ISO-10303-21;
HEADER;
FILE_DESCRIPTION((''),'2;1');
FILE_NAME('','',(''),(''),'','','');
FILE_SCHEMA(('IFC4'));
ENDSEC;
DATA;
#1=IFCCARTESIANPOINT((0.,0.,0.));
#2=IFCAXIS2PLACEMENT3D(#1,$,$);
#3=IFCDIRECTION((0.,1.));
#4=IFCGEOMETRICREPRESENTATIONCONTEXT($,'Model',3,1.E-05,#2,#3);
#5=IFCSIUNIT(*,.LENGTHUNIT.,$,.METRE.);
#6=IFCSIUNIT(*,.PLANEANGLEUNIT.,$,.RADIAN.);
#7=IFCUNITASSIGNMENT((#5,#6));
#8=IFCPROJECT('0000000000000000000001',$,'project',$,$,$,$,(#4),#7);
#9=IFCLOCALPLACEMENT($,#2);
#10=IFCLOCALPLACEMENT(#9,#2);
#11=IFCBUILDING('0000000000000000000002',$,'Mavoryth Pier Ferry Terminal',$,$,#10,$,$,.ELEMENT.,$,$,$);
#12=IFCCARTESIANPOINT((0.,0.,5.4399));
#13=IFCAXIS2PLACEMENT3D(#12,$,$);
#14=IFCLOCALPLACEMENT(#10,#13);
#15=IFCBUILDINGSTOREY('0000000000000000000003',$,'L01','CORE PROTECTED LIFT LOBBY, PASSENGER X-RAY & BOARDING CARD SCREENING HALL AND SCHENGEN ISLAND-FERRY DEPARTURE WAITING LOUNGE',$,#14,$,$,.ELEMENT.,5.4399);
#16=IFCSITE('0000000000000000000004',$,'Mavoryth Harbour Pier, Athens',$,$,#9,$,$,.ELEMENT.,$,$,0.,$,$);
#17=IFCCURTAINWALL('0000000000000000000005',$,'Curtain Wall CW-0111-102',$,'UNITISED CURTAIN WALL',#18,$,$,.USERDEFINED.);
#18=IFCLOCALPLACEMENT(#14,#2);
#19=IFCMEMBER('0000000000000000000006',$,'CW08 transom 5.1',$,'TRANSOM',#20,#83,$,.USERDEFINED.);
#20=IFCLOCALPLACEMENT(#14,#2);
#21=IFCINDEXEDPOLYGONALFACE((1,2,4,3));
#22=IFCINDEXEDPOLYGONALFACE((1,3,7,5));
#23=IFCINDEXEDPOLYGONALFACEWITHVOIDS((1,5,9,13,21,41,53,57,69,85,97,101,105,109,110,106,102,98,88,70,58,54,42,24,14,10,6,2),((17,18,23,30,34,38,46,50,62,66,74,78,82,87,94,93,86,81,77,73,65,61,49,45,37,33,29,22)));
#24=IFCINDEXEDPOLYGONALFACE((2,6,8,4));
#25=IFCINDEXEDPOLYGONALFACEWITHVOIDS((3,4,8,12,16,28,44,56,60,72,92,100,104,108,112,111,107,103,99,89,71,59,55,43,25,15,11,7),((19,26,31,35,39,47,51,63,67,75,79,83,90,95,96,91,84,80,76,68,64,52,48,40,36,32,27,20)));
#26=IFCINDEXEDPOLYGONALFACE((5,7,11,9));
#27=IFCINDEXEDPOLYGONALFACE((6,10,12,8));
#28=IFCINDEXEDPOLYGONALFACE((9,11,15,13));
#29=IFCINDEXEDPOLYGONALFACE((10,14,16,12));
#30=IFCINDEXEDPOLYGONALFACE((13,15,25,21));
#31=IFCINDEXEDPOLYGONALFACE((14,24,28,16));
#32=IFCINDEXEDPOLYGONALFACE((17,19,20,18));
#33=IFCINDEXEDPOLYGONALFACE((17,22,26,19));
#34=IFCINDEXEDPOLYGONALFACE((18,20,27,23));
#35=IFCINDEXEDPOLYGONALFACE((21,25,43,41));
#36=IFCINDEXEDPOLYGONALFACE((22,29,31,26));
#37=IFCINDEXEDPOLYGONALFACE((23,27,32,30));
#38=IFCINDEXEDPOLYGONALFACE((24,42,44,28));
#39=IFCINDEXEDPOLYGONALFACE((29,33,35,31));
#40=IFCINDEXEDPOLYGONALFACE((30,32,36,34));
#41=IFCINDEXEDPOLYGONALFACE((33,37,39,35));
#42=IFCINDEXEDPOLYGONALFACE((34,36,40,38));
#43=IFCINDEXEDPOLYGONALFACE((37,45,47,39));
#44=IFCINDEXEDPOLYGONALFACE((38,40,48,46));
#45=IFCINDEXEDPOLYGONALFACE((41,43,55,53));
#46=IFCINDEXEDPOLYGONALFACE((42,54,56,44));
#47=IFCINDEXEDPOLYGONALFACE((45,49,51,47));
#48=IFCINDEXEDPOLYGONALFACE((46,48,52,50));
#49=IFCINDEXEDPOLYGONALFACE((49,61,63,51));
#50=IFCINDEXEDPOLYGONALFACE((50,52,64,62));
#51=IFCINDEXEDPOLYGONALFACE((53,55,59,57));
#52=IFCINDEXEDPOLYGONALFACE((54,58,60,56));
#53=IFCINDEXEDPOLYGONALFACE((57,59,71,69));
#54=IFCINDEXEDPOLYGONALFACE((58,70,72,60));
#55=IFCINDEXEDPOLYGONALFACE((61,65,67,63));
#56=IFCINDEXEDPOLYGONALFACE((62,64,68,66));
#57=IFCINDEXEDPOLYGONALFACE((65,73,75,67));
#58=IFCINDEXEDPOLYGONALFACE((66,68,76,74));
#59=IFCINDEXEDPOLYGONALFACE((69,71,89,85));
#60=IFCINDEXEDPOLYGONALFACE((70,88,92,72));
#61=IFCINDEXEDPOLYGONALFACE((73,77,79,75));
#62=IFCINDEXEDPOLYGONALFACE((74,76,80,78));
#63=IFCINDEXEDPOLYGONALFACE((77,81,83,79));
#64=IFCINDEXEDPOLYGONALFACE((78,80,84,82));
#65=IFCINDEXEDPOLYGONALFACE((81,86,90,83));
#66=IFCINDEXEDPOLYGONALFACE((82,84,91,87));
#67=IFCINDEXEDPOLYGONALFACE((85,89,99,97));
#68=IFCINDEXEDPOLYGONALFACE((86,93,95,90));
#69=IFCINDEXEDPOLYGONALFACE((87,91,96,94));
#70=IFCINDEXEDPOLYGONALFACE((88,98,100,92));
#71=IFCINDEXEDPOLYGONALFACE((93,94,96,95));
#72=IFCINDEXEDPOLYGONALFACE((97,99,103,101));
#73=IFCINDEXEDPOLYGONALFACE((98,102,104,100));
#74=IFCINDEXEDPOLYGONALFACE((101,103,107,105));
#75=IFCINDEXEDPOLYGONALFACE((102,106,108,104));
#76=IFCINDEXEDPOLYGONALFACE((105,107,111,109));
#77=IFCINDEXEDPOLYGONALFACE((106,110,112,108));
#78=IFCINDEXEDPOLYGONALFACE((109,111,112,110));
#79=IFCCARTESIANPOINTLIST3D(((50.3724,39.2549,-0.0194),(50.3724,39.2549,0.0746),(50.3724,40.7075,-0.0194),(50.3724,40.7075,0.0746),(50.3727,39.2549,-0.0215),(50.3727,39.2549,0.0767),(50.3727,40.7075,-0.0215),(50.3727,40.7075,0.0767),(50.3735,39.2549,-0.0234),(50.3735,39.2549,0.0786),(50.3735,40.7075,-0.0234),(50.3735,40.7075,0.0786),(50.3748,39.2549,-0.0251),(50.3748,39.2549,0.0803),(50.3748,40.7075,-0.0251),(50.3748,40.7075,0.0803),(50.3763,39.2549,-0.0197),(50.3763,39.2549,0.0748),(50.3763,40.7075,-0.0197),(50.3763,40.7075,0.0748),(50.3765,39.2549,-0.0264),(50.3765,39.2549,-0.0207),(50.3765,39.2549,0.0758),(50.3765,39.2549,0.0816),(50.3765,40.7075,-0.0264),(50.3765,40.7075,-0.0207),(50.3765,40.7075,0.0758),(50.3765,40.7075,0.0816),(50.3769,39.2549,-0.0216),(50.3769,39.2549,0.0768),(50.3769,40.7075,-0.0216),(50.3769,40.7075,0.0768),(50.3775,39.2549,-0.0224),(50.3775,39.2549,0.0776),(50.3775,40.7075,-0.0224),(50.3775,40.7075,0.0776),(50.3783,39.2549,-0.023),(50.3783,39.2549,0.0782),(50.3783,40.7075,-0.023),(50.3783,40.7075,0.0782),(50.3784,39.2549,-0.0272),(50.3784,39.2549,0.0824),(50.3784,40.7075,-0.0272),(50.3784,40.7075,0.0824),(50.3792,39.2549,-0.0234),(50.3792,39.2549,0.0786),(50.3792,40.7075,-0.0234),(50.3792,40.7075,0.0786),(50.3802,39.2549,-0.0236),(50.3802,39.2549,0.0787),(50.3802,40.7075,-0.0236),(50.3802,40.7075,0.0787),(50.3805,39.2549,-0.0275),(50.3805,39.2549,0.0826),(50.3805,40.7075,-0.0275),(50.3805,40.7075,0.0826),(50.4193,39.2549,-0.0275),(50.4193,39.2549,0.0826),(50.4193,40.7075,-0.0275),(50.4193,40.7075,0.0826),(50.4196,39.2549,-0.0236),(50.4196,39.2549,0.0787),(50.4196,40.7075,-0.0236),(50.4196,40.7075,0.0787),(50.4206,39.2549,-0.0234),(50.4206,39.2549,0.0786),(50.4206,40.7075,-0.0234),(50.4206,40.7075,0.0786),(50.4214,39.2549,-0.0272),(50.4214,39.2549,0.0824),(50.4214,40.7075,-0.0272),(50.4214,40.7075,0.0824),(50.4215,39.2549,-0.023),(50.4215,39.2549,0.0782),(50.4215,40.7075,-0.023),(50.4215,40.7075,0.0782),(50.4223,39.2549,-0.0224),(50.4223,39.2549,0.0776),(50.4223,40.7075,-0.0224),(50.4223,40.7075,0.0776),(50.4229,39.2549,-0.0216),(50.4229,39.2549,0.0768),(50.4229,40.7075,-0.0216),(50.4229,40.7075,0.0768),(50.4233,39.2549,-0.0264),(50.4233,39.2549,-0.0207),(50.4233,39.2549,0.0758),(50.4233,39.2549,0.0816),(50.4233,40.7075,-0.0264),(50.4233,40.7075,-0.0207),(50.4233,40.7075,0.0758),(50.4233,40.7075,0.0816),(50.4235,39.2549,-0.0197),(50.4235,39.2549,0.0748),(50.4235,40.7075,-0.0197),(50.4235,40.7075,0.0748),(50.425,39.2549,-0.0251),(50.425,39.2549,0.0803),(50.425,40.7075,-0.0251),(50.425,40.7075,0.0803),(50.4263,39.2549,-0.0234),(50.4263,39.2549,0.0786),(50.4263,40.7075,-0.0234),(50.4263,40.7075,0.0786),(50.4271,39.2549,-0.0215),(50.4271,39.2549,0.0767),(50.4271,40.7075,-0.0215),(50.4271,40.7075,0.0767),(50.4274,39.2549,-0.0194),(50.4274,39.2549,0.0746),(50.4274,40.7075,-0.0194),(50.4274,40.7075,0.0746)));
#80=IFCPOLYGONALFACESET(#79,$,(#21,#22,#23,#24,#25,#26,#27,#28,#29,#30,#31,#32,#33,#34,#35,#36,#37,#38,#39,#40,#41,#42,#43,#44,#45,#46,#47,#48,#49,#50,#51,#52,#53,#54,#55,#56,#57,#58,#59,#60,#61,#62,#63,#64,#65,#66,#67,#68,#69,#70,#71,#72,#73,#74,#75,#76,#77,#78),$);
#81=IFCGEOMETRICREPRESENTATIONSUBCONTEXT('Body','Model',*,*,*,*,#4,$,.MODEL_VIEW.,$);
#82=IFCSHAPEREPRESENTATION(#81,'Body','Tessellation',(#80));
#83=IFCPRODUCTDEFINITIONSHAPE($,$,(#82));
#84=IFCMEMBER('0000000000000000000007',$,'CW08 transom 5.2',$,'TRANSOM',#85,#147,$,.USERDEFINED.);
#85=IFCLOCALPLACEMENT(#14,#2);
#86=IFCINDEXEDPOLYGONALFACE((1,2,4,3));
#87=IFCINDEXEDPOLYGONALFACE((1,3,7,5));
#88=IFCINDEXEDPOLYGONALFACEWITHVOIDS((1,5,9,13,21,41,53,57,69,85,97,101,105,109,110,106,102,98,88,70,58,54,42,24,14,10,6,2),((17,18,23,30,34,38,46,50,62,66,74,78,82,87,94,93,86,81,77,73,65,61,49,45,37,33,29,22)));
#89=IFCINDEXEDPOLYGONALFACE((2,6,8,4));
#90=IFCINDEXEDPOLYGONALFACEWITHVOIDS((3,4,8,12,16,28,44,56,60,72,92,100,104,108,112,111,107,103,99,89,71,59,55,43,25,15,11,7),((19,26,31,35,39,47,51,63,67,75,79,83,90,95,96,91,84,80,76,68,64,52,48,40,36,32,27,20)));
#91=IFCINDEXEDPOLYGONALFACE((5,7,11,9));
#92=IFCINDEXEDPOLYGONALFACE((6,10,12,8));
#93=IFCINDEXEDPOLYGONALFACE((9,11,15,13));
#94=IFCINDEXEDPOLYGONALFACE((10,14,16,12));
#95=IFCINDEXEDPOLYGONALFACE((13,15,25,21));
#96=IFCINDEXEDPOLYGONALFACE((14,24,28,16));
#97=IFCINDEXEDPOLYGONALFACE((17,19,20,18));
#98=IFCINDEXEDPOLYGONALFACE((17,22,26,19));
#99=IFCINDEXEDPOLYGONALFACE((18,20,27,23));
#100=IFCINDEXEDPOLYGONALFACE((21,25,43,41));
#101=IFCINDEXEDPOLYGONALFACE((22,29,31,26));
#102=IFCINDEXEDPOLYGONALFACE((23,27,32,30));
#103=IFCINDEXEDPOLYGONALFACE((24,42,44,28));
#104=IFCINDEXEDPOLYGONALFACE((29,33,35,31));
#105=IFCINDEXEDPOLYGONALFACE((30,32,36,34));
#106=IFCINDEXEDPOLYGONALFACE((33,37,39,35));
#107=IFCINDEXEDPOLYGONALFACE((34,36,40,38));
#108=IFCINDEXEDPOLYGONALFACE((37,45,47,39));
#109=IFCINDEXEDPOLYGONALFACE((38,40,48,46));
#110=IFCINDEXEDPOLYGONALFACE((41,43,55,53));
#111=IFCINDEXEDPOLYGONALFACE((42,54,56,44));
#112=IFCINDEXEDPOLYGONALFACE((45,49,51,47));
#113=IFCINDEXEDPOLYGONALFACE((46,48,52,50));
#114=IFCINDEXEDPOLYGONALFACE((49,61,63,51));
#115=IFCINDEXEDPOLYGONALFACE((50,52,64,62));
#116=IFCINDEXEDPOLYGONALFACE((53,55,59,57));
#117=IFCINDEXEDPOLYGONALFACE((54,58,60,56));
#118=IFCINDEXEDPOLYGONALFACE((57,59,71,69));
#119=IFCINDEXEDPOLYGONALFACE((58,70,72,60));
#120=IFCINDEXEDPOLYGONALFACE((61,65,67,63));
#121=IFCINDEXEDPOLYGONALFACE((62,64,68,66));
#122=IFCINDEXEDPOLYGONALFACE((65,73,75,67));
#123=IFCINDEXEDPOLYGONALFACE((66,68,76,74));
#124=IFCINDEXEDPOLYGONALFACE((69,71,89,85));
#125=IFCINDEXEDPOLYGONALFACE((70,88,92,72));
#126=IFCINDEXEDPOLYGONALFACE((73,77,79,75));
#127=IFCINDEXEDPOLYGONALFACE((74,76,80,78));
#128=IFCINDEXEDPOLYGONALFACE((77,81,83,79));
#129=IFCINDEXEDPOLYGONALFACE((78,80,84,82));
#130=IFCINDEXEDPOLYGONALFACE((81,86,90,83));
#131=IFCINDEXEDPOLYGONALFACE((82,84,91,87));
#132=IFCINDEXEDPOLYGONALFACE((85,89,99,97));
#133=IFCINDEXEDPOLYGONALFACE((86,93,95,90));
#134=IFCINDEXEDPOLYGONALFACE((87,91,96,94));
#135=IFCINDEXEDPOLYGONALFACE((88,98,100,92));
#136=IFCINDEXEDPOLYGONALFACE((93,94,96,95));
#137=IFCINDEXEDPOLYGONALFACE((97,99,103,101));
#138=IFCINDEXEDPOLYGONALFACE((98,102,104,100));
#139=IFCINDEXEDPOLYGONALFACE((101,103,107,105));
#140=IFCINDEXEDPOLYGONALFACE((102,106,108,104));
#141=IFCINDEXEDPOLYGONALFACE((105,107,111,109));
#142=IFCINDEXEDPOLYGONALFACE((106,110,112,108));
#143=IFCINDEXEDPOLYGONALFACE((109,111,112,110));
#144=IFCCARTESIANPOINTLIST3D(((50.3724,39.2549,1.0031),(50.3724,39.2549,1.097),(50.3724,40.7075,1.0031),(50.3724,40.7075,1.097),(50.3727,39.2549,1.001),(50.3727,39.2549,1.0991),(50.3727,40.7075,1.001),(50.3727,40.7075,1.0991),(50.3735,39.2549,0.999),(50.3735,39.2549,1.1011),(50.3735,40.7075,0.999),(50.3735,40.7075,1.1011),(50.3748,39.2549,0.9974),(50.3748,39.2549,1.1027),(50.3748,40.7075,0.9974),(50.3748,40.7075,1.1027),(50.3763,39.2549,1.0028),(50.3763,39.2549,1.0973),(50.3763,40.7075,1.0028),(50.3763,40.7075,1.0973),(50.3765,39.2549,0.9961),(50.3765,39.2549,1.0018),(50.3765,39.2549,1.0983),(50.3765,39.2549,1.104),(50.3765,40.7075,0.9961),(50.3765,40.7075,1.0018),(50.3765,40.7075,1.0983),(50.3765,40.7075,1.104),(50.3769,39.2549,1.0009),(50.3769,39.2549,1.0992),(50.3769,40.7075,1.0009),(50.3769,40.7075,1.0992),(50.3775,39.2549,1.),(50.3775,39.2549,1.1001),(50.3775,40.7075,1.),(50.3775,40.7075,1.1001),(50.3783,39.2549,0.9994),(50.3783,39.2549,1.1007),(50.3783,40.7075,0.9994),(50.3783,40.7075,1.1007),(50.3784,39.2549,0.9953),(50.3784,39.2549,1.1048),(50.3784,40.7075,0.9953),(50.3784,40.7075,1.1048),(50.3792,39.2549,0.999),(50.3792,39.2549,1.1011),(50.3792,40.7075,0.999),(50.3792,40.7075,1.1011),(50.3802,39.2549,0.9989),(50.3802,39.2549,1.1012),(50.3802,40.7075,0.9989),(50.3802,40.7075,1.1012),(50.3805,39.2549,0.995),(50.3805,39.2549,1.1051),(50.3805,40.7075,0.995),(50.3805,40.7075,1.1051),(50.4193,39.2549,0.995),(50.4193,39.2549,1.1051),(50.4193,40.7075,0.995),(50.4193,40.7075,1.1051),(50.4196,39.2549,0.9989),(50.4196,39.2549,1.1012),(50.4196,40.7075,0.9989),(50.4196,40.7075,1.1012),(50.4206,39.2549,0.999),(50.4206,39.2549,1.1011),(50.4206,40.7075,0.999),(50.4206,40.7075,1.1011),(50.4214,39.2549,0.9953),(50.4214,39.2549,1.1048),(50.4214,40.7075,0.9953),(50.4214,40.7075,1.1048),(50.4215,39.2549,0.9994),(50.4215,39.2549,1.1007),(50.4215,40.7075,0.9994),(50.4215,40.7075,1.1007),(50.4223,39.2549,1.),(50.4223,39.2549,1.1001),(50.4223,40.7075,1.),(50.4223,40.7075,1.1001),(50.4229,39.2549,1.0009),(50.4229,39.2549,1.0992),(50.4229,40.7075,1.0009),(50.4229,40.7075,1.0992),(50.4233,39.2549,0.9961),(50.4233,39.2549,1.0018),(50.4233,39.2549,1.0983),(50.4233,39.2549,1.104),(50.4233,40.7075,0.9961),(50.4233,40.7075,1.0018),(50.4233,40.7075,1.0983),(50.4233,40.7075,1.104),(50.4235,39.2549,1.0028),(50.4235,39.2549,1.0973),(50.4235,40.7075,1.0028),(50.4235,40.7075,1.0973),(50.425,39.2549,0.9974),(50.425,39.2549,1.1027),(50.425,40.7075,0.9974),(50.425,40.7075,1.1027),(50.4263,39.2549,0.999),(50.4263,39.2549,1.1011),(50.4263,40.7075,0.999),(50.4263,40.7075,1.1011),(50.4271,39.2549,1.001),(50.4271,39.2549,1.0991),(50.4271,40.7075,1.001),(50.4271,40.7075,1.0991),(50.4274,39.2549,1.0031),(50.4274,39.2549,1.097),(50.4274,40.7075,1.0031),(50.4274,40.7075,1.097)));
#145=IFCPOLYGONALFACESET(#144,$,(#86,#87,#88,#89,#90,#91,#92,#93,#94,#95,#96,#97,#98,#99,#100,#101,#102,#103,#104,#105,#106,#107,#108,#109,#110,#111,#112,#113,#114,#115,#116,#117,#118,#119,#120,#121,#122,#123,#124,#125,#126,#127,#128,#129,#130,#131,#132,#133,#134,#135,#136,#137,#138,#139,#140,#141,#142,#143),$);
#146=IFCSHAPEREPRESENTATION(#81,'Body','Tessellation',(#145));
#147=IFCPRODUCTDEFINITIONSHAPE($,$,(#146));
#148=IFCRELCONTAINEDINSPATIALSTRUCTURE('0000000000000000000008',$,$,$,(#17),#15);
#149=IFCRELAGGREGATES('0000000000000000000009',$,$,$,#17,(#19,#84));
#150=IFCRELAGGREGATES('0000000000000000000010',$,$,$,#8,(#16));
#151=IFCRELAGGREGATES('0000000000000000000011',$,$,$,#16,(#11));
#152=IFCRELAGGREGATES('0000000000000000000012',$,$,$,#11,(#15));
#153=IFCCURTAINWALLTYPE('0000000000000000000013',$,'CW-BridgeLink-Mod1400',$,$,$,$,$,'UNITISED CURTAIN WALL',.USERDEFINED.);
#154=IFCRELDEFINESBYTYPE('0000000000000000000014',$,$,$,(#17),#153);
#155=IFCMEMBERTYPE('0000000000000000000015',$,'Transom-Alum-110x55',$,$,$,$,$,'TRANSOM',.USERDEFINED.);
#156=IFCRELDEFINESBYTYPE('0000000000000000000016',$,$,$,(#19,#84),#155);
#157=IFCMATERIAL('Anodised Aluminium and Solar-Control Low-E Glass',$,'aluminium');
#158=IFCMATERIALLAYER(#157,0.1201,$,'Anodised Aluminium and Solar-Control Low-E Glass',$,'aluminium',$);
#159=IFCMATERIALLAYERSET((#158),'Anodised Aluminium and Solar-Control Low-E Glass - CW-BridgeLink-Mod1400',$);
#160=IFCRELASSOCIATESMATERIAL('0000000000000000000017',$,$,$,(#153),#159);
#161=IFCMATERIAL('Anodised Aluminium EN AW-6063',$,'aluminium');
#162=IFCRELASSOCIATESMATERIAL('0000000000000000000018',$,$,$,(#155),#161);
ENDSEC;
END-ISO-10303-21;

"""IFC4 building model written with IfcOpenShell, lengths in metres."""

from ifc_helpers import new_model, si_unit, direction, frame, origin, origin_2d, place, context, subcontext, project, spatial, hollow_rectangle, extrude, material, layer, layer_set, material_profile, profile_set, type_object, element, aggregate, save


model = new_model("IFC4")

# Units and contexts
model_context = context("Model", 3, precision=1e-05, world=origin(), true_north=direction((0.0, 1.0)))
body_context = subcontext(model_context, "Body", "Model", "MODEL_VIEW")
ifc_project = project(units=[si_unit("LENGTHUNIT", "METRE"), si_unit("PLANEANGLEUNIT", "RADIAN")], contexts=[model_context])

# Site, building, storey
site_placement = place(None, origin())
site = spatial("IfcSite", under=ifc_project, at=site_placement, Name="Mavoryth Harbour Pier, Athens", CompositionType="ELEMENT", RefElevation=0.0)
building_placement = place(site_placement, origin())
building = spatial("IfcBuilding", under=site, at=building_placement, Name="Mavoryth Pier Ferry Terminal", CompositionType="ELEMENT")
storey_placement = place(building_placement, frame((0.0, 0.0, 5.4399)))
storey = spatial("IfcBuildingStorey", under=building, at=storey_placement, Name="L01", Description="CORE PROTECTED LIFT LOBBY, PASSENGER X-RAY & BOARDING CARD SCREENING HALL AND SCHENGEN ISLAND-FERRY DEPARTURE WAITING LOUNGE", CompositionType="ELEMENT", Elevation=5.4399)

# Curtain wall
ifc_material_1 = material(Name="Anodised Aluminium and Solar-Control Low-E Glass", Category="aluminium")
ifc_layer_1 = layer(ifc_material_1, 0.1201, Name="Anodised Aluminium and Solar-Control Low-E Glass", Category="aluminium")
ifc_layer_set_1 = layer_set([ifc_layer_1], Name="Anodised Aluminium and Solar-Control Low-E Glass - CW-BridgeLink-Mod1400")
curtain_wall_type = type_object("IfcCurtainWallType", Name="CW-BridgeLink-Mod1400", ElementType="UNITISED CURTAIN WALL", PredefinedType="USERDEFINED", material=ifc_layer_set_1)
curtain_wall_placement = place(storey_placement, origin())
curtain_wall = element("IfcCurtainWall", 1, at=curtain_wall_placement, inside=storey, type_object=curtain_wall_type, Name="Curtain Wall CW-0111-102", ObjectType="UNITISED CURTAIN WALL", PredefinedType="USERDEFINED")
ifc_material_2 = material(Name="Anodised Aluminium EN AW-6063", Category="aluminium")

# Members
ifc_material_profile_1 = material_profile(ifc_material_2, hollow_rectangle(XDim=0.0549, YDim=0.1101, WallThickness=0.0039, InnerFilletRadius=0.0039, OuterFilletRadius=0.0081, at=origin_2d()), Name="AL-TRAN 110x55x4", Category="aluminium")
ifc_profile_set_1 = profile_set([ifc_material_profile_1], Name="Anodised Aluminium EN AW-6063 - AL-TRAN 110x55x4")
member_type_1 = type_object("IfcMemberType", Name="Transom-Alum-110x55", ElementType="TRANSOM", PredefinedType="USERDEFINED", material=ifc_profile_set_1)
member_1_placement = place(storey_placement, frame((50.3999, 40.7075, 0.0276), z_axis=(0.0, -1.0, 0.0), x_axis=(1.0, 0.0, 0.0)))
member_1 = element("IfcMember", 2, at=member_1_placement, type_object=member_type_1, Name="CW08 transom 5.1", ObjectType="TRANSOM", PredefinedType="USERDEFINED", context=body_context, shape_type="SweptSolid", body=[
    extrude(hollow_rectangle(XDim=0.0549, YDim=0.1101, WallThickness=0.0039, InnerFilletRadius=0.0039, OuterFilletRadius=0.0081, at=origin_2d()), origin(), (0.0, 0.0, 1.0), 1.4526),
])
member_2_placement = place(storey_placement, frame((50.3999, 40.7075, 1.05), z_axis=(0.0, -1.0, 0.0), x_axis=(1.0, 0.0, 0.0)))
member_2 = element("IfcMember", 3, at=member_2_placement, type_object=member_type_1, Name="CW08 transom 5.2", ObjectType="TRANSOM", PredefinedType="USERDEFINED", context=body_context, shape_type="SweptSolid", body=[
    extrude(hollow_rectangle(XDim=0.0549, YDim=0.1101, WallThickness=0.0039, InnerFilletRadius=0.0039, OuterFilletRadius=0.0081, at=origin_2d()), origin(), (0.0, 0.0, 1.0), 1.4526),
])

aggregate(curtain_wall, [member_1, member_2])

save(model, "model.ifc")
